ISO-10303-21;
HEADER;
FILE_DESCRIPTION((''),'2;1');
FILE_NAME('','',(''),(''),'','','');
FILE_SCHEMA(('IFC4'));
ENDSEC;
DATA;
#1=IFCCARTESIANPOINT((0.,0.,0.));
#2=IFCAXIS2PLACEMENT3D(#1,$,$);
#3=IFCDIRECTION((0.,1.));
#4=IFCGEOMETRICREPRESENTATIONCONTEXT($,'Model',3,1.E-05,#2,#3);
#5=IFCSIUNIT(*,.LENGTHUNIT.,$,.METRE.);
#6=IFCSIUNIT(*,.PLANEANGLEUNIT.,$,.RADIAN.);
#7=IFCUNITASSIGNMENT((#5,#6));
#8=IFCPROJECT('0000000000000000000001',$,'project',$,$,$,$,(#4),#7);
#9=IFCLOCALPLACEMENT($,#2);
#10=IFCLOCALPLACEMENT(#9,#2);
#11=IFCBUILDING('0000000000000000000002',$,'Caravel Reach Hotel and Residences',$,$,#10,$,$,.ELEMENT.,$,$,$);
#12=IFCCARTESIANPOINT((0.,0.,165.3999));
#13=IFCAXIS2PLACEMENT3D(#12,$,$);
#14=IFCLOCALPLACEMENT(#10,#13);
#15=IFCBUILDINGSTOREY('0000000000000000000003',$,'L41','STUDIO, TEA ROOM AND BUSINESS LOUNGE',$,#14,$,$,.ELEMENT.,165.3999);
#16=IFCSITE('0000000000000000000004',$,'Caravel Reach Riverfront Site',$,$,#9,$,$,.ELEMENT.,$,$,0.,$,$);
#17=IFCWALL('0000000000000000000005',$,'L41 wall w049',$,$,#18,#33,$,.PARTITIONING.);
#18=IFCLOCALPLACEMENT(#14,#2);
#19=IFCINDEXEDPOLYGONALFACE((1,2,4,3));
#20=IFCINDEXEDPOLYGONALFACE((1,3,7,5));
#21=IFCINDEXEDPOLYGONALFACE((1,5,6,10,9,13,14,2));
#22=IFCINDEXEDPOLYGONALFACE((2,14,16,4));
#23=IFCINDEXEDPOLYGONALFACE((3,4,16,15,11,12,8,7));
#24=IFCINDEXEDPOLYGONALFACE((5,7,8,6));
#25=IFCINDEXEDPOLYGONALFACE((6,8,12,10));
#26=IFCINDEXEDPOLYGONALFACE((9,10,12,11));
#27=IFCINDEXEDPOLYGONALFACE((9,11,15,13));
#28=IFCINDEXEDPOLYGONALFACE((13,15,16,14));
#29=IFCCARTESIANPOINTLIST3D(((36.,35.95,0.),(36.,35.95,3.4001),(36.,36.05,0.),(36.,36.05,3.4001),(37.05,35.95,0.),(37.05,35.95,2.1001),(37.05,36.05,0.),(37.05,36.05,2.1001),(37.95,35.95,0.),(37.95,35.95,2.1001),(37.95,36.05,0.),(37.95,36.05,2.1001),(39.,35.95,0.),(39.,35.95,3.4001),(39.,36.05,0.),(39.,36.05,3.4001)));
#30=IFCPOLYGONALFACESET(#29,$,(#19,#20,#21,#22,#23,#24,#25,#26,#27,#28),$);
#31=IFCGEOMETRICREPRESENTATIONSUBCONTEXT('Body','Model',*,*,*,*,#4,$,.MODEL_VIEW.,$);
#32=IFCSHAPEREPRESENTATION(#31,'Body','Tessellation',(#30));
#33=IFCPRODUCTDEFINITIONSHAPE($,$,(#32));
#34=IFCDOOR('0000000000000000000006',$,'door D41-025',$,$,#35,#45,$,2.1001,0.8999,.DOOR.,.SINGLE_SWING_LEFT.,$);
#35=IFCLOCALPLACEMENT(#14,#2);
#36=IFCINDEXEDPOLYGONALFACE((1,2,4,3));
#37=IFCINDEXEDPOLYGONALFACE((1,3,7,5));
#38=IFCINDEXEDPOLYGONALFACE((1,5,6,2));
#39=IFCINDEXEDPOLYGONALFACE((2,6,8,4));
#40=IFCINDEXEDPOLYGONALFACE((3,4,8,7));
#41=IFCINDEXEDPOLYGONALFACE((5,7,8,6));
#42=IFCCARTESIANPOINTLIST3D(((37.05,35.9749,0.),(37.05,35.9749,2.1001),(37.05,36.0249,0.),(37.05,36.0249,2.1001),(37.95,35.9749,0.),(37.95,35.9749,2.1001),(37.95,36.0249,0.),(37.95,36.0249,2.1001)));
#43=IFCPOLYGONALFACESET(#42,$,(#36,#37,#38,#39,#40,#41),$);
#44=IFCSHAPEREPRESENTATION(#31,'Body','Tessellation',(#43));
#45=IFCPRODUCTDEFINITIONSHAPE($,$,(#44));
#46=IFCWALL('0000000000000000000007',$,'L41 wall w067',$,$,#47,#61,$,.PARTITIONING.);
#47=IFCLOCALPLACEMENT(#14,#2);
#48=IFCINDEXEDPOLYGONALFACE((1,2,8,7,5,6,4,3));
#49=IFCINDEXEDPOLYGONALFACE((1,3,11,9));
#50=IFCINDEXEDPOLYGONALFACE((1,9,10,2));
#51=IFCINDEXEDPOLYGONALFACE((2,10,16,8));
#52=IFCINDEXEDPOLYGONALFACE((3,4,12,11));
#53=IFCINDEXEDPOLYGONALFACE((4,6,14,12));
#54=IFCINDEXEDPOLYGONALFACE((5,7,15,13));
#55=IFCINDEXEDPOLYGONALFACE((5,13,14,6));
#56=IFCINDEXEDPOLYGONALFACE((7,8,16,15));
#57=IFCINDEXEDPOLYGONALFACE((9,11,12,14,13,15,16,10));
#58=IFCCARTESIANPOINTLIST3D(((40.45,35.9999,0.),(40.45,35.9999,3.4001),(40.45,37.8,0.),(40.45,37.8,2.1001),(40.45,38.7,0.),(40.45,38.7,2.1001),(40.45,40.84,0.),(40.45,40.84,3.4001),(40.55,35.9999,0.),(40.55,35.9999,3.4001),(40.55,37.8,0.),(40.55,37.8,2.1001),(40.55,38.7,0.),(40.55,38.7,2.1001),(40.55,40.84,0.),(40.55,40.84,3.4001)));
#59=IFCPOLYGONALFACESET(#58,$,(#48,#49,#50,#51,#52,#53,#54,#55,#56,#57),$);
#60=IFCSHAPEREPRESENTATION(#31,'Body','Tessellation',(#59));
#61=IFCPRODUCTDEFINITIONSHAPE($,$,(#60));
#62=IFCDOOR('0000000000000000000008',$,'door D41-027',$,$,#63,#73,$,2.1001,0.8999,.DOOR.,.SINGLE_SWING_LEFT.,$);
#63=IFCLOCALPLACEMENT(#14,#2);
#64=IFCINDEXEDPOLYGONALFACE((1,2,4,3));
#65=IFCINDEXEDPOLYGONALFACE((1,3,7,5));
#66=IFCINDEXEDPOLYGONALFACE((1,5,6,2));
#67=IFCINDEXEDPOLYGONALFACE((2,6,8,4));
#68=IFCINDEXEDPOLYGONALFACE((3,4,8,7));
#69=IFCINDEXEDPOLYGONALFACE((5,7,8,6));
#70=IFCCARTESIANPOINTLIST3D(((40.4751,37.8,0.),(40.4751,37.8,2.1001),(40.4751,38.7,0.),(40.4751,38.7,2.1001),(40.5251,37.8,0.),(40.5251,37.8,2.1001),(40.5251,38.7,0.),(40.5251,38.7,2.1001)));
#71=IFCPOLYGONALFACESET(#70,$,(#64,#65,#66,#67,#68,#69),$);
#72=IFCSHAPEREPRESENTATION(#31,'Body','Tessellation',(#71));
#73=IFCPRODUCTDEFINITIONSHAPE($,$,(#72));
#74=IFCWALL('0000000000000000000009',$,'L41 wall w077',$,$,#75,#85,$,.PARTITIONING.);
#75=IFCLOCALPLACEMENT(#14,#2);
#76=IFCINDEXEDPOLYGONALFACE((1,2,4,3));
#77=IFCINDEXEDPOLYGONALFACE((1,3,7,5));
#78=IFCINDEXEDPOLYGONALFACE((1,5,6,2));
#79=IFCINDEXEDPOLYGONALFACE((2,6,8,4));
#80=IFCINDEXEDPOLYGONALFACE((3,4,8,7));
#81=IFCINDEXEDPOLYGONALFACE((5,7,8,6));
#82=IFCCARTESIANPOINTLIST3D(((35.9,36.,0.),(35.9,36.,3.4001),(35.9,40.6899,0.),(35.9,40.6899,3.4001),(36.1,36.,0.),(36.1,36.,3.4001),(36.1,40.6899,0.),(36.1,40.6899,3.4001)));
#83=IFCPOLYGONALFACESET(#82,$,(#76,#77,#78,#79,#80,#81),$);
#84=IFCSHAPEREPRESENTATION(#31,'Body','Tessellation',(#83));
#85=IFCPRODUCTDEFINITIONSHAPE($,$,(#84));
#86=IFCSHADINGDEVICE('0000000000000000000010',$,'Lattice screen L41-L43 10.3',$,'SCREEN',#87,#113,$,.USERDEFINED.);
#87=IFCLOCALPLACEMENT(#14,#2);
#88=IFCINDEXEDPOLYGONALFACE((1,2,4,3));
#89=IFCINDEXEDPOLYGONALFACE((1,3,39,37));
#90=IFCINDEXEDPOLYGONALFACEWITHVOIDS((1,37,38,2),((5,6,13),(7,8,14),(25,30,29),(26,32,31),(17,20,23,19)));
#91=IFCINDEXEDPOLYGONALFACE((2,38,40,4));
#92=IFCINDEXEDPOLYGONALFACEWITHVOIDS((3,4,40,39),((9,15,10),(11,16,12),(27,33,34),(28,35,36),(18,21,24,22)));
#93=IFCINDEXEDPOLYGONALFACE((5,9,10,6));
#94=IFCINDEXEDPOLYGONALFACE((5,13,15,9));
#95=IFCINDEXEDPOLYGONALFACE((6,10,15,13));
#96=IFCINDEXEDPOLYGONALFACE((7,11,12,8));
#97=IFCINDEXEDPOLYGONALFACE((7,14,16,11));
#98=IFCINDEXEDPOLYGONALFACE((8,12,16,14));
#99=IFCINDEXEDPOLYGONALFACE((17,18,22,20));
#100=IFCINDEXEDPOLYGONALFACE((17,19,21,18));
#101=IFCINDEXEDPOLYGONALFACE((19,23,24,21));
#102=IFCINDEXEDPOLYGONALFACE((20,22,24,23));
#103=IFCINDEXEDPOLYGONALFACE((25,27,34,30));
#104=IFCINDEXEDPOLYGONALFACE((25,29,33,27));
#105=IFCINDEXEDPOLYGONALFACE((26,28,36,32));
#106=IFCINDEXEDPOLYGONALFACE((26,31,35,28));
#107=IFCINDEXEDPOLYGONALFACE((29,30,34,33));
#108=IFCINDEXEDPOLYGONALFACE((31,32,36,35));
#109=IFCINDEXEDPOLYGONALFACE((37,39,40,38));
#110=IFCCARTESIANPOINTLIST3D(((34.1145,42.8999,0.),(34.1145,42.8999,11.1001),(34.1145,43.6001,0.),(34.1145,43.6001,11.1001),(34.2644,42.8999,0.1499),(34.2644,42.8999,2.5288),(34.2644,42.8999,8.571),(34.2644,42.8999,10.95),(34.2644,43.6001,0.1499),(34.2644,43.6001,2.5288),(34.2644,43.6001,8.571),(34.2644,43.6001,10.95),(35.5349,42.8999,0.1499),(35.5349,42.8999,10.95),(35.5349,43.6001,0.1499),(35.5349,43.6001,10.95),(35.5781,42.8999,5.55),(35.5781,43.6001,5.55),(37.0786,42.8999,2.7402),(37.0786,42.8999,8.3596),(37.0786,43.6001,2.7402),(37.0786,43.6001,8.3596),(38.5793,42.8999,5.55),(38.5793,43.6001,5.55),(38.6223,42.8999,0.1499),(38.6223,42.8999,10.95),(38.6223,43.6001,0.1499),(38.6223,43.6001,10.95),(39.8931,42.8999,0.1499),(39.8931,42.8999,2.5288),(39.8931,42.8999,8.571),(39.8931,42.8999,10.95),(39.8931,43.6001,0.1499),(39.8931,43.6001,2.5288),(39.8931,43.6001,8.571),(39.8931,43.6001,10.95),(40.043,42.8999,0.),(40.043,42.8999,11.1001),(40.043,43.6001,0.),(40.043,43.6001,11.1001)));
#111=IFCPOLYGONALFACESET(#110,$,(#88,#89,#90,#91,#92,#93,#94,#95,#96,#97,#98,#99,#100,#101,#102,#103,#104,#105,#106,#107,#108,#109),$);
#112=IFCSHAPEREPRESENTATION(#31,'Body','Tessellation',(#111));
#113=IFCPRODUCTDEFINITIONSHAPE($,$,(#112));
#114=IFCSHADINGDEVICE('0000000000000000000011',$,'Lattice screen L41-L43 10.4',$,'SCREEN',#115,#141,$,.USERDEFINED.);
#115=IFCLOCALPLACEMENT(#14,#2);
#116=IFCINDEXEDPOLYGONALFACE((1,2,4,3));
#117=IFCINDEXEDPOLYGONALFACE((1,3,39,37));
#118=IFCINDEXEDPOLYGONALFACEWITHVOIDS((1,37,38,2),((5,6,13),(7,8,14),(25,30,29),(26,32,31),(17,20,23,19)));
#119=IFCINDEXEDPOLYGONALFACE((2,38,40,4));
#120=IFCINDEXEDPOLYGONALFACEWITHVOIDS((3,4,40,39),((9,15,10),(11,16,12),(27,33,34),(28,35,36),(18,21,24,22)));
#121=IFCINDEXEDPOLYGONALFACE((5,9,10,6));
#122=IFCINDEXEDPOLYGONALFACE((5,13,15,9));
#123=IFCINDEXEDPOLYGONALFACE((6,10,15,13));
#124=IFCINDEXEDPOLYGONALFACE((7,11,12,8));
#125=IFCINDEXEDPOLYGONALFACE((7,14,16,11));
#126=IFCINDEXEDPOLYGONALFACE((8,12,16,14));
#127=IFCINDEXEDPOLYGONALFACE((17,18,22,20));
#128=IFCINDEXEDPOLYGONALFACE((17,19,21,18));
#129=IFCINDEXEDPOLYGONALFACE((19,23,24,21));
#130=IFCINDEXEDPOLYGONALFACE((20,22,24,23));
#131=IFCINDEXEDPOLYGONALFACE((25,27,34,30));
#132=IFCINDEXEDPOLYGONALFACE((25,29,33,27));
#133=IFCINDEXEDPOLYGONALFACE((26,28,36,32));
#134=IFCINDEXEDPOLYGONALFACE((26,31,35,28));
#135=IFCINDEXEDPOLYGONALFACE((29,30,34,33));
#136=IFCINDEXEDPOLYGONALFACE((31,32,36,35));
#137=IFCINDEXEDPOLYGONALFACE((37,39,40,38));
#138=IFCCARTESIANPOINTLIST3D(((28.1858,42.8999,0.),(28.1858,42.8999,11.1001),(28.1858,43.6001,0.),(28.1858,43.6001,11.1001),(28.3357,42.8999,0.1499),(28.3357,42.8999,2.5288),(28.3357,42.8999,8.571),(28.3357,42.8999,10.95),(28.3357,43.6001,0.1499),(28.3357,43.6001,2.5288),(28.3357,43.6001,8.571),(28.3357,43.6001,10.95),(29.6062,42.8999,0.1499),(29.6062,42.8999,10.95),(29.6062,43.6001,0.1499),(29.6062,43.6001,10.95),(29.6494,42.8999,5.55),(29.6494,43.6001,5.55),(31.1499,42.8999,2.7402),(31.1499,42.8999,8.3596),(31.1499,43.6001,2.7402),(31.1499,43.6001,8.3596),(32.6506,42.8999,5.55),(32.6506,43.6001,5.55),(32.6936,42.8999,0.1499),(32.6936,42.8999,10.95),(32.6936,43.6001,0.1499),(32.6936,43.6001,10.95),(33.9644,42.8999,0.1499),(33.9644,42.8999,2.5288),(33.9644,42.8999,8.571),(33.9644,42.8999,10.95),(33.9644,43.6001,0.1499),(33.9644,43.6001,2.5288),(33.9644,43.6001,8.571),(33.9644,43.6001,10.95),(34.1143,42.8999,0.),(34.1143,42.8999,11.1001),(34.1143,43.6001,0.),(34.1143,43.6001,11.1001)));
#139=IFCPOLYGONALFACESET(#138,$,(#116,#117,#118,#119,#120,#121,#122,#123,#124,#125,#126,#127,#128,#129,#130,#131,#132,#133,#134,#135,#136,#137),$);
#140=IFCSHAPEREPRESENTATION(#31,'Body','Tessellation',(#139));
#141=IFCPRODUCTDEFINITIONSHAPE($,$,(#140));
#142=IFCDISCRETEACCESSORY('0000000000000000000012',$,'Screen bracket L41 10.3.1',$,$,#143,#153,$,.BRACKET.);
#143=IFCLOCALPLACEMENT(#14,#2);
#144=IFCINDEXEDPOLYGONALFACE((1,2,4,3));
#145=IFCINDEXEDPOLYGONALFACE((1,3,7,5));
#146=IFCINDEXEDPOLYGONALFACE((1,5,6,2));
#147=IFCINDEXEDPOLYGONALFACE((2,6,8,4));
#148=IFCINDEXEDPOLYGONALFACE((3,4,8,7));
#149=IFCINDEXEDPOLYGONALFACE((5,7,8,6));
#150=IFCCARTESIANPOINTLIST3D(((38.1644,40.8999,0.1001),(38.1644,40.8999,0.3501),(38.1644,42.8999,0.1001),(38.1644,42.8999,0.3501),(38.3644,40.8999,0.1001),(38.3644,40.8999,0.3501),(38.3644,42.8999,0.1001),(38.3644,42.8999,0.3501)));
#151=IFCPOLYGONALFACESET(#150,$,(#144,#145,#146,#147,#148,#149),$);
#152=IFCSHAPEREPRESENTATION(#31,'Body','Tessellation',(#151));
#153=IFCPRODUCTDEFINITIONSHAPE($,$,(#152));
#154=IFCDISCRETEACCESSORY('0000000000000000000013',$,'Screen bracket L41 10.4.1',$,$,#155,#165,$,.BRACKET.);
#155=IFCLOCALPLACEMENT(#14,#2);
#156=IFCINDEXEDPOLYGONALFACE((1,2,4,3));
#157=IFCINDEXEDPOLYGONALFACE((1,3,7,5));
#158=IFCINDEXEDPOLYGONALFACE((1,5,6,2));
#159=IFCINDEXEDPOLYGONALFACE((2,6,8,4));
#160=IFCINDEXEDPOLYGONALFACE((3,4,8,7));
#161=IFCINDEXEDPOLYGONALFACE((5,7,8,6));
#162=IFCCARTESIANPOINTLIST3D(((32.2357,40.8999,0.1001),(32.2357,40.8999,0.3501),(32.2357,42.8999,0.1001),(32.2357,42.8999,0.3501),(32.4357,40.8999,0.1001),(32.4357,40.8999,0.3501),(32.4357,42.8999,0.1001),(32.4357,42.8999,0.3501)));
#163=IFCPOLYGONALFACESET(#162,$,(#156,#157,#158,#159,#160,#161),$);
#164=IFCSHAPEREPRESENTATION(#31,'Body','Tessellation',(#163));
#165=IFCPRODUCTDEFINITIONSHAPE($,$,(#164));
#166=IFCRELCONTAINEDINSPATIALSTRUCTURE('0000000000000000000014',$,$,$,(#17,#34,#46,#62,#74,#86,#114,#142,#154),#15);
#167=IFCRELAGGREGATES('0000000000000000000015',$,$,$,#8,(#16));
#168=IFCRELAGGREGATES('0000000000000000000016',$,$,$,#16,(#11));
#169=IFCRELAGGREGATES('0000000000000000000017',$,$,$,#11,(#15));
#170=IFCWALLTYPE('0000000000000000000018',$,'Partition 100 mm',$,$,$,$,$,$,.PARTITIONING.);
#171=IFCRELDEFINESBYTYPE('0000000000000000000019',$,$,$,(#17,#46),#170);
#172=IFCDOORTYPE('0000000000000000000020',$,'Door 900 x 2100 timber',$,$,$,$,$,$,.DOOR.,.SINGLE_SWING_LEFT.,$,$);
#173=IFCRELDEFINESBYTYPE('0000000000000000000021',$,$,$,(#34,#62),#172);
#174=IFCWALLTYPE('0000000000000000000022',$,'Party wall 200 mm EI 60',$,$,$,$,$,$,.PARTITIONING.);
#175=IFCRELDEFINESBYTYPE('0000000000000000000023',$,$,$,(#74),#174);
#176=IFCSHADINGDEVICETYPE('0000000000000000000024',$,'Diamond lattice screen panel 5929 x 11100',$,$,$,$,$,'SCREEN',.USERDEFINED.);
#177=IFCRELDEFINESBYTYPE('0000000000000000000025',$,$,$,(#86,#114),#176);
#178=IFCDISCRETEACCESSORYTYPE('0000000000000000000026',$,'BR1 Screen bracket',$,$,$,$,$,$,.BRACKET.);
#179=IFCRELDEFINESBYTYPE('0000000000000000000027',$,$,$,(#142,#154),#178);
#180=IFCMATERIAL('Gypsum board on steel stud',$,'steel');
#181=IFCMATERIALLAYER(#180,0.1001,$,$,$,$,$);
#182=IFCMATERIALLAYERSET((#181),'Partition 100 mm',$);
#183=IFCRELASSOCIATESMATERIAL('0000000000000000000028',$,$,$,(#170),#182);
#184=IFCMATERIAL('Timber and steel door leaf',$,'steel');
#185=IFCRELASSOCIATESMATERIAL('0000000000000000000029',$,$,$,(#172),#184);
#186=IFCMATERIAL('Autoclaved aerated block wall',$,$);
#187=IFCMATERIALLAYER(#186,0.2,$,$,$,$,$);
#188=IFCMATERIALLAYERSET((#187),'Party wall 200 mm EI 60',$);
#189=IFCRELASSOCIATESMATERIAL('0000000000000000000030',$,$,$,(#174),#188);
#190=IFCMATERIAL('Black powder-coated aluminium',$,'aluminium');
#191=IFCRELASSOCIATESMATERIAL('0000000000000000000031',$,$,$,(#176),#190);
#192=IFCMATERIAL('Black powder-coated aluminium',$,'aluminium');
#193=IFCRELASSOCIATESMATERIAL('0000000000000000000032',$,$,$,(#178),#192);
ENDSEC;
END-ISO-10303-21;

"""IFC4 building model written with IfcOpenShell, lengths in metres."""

from ifc_helpers import new_model, si_unit, direction, frame, frame_2d, origin, origin_2d, place, context, subcontext, project, spatial, polyline, rectangle, outline, extrude, material, layer, layer_set, type_object, element, fill, save


model = new_model("IFC4")

# Units and contexts
model_context = context("Model", 3, precision=1e-05, world=origin(), true_north=direction((0.0, 1.0)))
body_context = subcontext(model_context, "Body", "Model", "MODEL_VIEW")
ifc_project = project(units=[si_unit("LENGTHUNIT", "METRE"), si_unit("PLANEANGLEUNIT", "RADIAN")], contexts=[model_context])

# Site, building, storey
site_placement = place(None, origin())
site = spatial("IfcSite", under=ifc_project, at=site_placement, Name="Caravel Reach Riverfront Site", CompositionType="ELEMENT", RefElevation=0.0)
building_placement = place(site_placement, origin())
building = spatial("IfcBuilding", under=site, at=building_placement, Name="Caravel Reach Hotel and Residences", CompositionType="ELEMENT")
storey_placement = place(building_placement, frame((0.0, 0.0, 165.3999)))
storey = spatial("IfcBuildingStorey", under=building, at=storey_placement, Name="L41", Description="STUDIO, TEA ROOM AND BUSINESS LOUNGE", CompositionType="ELEMENT", Elevation=165.3999)

# Shared definitions
ifc_material_1 = material(Name="Gypsum board on steel stud", Category="steel")
ifc_layer_1 = layer(ifc_material_1, 0.1001)
ifc_layer_set_1 = layer_set([ifc_layer_1], Name="Partition 100 mm")
wall_type_1 = type_object("IfcWallType", Name="Partition 100 mm", PredefinedType="PARTITIONING", material=ifc_layer_set_1)

# Walls, openings, doors
wall_1_placement = place(storey_placement, frame((36.0, 36.0, 0.0), z_axis=(0.0, 0.0, 1.0), x_axis=(1.0, 0.0, 0.0)))
wall_1 = element("IfcWall", 1, at=wall_1_placement, inside=storey, type_object=wall_type_1, Name="L41 wall w049", PredefinedType="PARTITIONING", context=body_context, shape_type="SweptSolid", body=[
    extrude(rectangle(XDim=3.0, YDim=0.1001, at=frame_2d((1.5, 0.0))), origin(), (0.0, 0.0, 1.0), 3.4001),
])
opening_1_placement = place(wall_1_placement, frame((1.05, 0.0, 0.0)))
opening_1 = element("IfcOpeningElement", 2, at=opening_1_placement, cuts=wall_1, PredefinedType="OPENING", context=body_context, shape_type="SweptSolid", body=[
    extrude(rectangle(XDim=0.8999, YDim=2.1001, at=frame_2d((0.45, 1.05))), frame((0.0, 0.0601, 0.0), z_axis=(0.0, -1.0, 0.0), x_axis=(1.0, 0.0, 0.0)), (0.0, 0.0, 1.0), 0.1201),
])
ifc_material_2 = material(Name="Timber and steel door leaf", Category="steel")
door_type = type_object("IfcDoorType", Name="Door 900 x 2100 timber", OperationType="SINGLE_SWING_LEFT", PredefinedType="DOOR", material=ifc_material_2)
door_1_placement = place(opening_1_placement, origin())
door_1 = element("IfcDoor", 3, at=door_1_placement, inside=storey, type_object=door_type, Name="door D41-025", OperationType="SINGLE_SWING_LEFT", OverallHeight=2.1001, OverallWidth=0.8999, PredefinedType="DOOR", context=body_context, shape_type="SweptSolid", body=[
    extrude(rectangle(XDim=0.8999, YDim=2.1001, at=frame_2d((0.45, 1.05))), frame((0.0, 0.0249, 0.0), z_axis=(0.0, -1.0, 0.0), x_axis=(1.0, 0.0, 0.0)), (0.0, 0.0, 1.0), 0.05),
])
fill(opening_1, door_1)
wall_2_placement = place(storey_placement, frame((40.5, 36.0, 0.0), z_axis=(0.0, 0.0, 1.0), x_axis=(0.0, 1.0, 0.0)))
wall_2 = element("IfcWall", 4, at=wall_2_placement, inside=storey, type_object=wall_type_1, Name="L41 wall w067", PredefinedType="PARTITIONING", context=body_context, shape_type="SweptSolid", body=[
    extrude(rectangle(XDim=4.8401, YDim=0.1001, at=frame_2d((2.4199, 0.0))), origin(), (0.0, 0.0, 1.0), 3.4001),
])
opening_2_placement = place(wall_2_placement, frame((1.8, 0.0, 0.0)))
opening_2 = element("IfcOpeningElement", 5, at=opening_2_placement, cuts=wall_2, PredefinedType="OPENING", context=body_context, shape_type="SweptSolid", body=[
    extrude(rectangle(XDim=0.8999, YDim=2.1001, at=frame_2d((0.45, 1.05))), frame((0.0, 0.0601, 0.0), z_axis=(0.0, -1.0, 0.0), x_axis=(1.0, 0.0, 0.0)), (0.0, 0.0, 1.0), 0.1201),
])
door_2_placement = place(opening_2_placement, origin())
door_2 = element("IfcDoor", 6, at=door_2_placement, inside=storey, type_object=door_type, Name="door D41-027", OperationType="SINGLE_SWING_LEFT", OverallHeight=2.1001, OverallWidth=0.8999, PredefinedType="DOOR", context=body_context, shape_type="SweptSolid", body=[
    extrude(rectangle(XDim=0.8999, YDim=2.1001, at=frame_2d((0.45, 1.05))), frame((0.0, 0.0249, 0.0), z_axis=(0.0, -1.0, 0.0), x_axis=(1.0, 0.0, 0.0)), (0.0, 0.0, 1.0), 0.05),
])
fill(opening_2, door_2)

# Wall
ifc_material_3 = material(Name="Autoclaved aerated block wall")
ifc_layer_2 = layer(ifc_material_3, 0.2)
ifc_layer_set_2 = layer_set([ifc_layer_2], Name="Party wall 200 mm EI 60")
wall_type_2 = type_object("IfcWallType", Name="Party wall 200 mm EI 60", PredefinedType="PARTITIONING", material=ifc_layer_set_2)
wall_3_placement = place(storey_placement, frame((36.0, 36.0, 0.0), z_axis=(0.0, 0.0, 1.0), x_axis=(0.0, 1.0, 0.0)))
element("IfcWall", 7, at=wall_3_placement, inside=storey, type_object=wall_type_2, Name="L41 wall w077", PredefinedType="PARTITIONING", context=body_context, shape_type="SweptSolid", body=[
    extrude(rectangle(XDim=4.6899, YDim=0.2, at=frame_2d((2.345, 0.0))), origin(), (0.0, 0.0, 1.0), 3.4001),
])

# Shading devices
ifc_material_4 = material(Name="Black powder-coated aluminium", Category="aluminium")
shading_device_type = type_object("IfcShadingDeviceType", Name="Diamond lattice screen panel 5929 x 11100", ElementType="SCREEN", PredefinedType="USERDEFINED", material=ifc_material_4)
for number, where, z_axis, x_axis, name in (
    (8, (40.043, 42.8999, 0.0), (0.0, 1.0, 0.0), (-1.0, 0.0, 0.0), "Lattice screen L41-L43 10.3"),
    (9, (34.1143, 42.8999, 0.0), (0.0, 1.0, 0.0), (-1.0, 0.0, 0.0), "Lattice screen L41-L43 10.4"),
):
    element("IfcShadingDevice", number, at=place(storey_placement, frame(where, z_axis=z_axis, x_axis=x_axis)), inside=storey, type_object=shading_device_type, Name=name, ObjectType="SCREEN", PredefinedType="USERDEFINED", context=body_context, shape_type="SweptSolid", body=[
        extrude(outline(polyline([(0.0, 0.0), (5.9285, 0.0), (5.9285, 11.1001), (0.0, 11.1001), (0.0, 0.0)]), holes=[polyline([(1.4207, 0.1499), (0.1499, 2.5288), (0.1499, 0.1499), (1.4207, 0.1499)]), polyline([(0.1499, 8.571), (1.4207, 10.95), (0.1499, 10.95), (0.1499, 8.571)]), polyline([(2.9644, 8.3596), (1.4636, 5.55), (2.9644, 2.7402), (4.4648, 5.55), (2.9644, 8.3596)]), polyline([(5.7786, 2.5288), (4.5081, 0.1499), (5.7786, 0.1499), (5.7786, 2.5288)]), polyline([(4.5081, 10.95), (5.7786, 8.571), (5.7786, 10.95), (4.5081, 10.95)])]), origin(), (0.0, 0.0, 1.0), 0.7002),
    ])

# Discrete accessories
ifc_material_5 = material(Name="Black powder-coated aluminium", Category="aluminium")
discrete_accessory_type = type_object("IfcDiscreteAccessoryType", Name="BR1 Screen bracket", PredefinedType="BRACKET", material=ifc_material_5)
for number, where, z_axis, x_axis, name in (
    (10, (38.2644, 41.8999, 0.1001), (0.0, 0.0, 1.0), (0.0, 1.0, 0.0), "Screen bracket L41 10.3.1"),
    (11, (32.3357, 41.8999, 0.1001), (0.0, 0.0, 1.0), (0.0, 1.0, 0.0), "Screen bracket L41 10.4.1"),
):
    element("IfcDiscreteAccessory", number, at=place(storey_placement, frame(where, z_axis=z_axis, x_axis=x_axis)), inside=storey, type_object=discrete_accessory_type, Name=name, PredefinedType="BRACKET", context=body_context, shape_type="SweptSolid", body=[
        extrude(rectangle(XDim=2.0, YDim=0.2, at=origin_2d()), origin(), (0.0, 0.0, 1.0), 0.25),
    ])

save(model, "model.ifc")
